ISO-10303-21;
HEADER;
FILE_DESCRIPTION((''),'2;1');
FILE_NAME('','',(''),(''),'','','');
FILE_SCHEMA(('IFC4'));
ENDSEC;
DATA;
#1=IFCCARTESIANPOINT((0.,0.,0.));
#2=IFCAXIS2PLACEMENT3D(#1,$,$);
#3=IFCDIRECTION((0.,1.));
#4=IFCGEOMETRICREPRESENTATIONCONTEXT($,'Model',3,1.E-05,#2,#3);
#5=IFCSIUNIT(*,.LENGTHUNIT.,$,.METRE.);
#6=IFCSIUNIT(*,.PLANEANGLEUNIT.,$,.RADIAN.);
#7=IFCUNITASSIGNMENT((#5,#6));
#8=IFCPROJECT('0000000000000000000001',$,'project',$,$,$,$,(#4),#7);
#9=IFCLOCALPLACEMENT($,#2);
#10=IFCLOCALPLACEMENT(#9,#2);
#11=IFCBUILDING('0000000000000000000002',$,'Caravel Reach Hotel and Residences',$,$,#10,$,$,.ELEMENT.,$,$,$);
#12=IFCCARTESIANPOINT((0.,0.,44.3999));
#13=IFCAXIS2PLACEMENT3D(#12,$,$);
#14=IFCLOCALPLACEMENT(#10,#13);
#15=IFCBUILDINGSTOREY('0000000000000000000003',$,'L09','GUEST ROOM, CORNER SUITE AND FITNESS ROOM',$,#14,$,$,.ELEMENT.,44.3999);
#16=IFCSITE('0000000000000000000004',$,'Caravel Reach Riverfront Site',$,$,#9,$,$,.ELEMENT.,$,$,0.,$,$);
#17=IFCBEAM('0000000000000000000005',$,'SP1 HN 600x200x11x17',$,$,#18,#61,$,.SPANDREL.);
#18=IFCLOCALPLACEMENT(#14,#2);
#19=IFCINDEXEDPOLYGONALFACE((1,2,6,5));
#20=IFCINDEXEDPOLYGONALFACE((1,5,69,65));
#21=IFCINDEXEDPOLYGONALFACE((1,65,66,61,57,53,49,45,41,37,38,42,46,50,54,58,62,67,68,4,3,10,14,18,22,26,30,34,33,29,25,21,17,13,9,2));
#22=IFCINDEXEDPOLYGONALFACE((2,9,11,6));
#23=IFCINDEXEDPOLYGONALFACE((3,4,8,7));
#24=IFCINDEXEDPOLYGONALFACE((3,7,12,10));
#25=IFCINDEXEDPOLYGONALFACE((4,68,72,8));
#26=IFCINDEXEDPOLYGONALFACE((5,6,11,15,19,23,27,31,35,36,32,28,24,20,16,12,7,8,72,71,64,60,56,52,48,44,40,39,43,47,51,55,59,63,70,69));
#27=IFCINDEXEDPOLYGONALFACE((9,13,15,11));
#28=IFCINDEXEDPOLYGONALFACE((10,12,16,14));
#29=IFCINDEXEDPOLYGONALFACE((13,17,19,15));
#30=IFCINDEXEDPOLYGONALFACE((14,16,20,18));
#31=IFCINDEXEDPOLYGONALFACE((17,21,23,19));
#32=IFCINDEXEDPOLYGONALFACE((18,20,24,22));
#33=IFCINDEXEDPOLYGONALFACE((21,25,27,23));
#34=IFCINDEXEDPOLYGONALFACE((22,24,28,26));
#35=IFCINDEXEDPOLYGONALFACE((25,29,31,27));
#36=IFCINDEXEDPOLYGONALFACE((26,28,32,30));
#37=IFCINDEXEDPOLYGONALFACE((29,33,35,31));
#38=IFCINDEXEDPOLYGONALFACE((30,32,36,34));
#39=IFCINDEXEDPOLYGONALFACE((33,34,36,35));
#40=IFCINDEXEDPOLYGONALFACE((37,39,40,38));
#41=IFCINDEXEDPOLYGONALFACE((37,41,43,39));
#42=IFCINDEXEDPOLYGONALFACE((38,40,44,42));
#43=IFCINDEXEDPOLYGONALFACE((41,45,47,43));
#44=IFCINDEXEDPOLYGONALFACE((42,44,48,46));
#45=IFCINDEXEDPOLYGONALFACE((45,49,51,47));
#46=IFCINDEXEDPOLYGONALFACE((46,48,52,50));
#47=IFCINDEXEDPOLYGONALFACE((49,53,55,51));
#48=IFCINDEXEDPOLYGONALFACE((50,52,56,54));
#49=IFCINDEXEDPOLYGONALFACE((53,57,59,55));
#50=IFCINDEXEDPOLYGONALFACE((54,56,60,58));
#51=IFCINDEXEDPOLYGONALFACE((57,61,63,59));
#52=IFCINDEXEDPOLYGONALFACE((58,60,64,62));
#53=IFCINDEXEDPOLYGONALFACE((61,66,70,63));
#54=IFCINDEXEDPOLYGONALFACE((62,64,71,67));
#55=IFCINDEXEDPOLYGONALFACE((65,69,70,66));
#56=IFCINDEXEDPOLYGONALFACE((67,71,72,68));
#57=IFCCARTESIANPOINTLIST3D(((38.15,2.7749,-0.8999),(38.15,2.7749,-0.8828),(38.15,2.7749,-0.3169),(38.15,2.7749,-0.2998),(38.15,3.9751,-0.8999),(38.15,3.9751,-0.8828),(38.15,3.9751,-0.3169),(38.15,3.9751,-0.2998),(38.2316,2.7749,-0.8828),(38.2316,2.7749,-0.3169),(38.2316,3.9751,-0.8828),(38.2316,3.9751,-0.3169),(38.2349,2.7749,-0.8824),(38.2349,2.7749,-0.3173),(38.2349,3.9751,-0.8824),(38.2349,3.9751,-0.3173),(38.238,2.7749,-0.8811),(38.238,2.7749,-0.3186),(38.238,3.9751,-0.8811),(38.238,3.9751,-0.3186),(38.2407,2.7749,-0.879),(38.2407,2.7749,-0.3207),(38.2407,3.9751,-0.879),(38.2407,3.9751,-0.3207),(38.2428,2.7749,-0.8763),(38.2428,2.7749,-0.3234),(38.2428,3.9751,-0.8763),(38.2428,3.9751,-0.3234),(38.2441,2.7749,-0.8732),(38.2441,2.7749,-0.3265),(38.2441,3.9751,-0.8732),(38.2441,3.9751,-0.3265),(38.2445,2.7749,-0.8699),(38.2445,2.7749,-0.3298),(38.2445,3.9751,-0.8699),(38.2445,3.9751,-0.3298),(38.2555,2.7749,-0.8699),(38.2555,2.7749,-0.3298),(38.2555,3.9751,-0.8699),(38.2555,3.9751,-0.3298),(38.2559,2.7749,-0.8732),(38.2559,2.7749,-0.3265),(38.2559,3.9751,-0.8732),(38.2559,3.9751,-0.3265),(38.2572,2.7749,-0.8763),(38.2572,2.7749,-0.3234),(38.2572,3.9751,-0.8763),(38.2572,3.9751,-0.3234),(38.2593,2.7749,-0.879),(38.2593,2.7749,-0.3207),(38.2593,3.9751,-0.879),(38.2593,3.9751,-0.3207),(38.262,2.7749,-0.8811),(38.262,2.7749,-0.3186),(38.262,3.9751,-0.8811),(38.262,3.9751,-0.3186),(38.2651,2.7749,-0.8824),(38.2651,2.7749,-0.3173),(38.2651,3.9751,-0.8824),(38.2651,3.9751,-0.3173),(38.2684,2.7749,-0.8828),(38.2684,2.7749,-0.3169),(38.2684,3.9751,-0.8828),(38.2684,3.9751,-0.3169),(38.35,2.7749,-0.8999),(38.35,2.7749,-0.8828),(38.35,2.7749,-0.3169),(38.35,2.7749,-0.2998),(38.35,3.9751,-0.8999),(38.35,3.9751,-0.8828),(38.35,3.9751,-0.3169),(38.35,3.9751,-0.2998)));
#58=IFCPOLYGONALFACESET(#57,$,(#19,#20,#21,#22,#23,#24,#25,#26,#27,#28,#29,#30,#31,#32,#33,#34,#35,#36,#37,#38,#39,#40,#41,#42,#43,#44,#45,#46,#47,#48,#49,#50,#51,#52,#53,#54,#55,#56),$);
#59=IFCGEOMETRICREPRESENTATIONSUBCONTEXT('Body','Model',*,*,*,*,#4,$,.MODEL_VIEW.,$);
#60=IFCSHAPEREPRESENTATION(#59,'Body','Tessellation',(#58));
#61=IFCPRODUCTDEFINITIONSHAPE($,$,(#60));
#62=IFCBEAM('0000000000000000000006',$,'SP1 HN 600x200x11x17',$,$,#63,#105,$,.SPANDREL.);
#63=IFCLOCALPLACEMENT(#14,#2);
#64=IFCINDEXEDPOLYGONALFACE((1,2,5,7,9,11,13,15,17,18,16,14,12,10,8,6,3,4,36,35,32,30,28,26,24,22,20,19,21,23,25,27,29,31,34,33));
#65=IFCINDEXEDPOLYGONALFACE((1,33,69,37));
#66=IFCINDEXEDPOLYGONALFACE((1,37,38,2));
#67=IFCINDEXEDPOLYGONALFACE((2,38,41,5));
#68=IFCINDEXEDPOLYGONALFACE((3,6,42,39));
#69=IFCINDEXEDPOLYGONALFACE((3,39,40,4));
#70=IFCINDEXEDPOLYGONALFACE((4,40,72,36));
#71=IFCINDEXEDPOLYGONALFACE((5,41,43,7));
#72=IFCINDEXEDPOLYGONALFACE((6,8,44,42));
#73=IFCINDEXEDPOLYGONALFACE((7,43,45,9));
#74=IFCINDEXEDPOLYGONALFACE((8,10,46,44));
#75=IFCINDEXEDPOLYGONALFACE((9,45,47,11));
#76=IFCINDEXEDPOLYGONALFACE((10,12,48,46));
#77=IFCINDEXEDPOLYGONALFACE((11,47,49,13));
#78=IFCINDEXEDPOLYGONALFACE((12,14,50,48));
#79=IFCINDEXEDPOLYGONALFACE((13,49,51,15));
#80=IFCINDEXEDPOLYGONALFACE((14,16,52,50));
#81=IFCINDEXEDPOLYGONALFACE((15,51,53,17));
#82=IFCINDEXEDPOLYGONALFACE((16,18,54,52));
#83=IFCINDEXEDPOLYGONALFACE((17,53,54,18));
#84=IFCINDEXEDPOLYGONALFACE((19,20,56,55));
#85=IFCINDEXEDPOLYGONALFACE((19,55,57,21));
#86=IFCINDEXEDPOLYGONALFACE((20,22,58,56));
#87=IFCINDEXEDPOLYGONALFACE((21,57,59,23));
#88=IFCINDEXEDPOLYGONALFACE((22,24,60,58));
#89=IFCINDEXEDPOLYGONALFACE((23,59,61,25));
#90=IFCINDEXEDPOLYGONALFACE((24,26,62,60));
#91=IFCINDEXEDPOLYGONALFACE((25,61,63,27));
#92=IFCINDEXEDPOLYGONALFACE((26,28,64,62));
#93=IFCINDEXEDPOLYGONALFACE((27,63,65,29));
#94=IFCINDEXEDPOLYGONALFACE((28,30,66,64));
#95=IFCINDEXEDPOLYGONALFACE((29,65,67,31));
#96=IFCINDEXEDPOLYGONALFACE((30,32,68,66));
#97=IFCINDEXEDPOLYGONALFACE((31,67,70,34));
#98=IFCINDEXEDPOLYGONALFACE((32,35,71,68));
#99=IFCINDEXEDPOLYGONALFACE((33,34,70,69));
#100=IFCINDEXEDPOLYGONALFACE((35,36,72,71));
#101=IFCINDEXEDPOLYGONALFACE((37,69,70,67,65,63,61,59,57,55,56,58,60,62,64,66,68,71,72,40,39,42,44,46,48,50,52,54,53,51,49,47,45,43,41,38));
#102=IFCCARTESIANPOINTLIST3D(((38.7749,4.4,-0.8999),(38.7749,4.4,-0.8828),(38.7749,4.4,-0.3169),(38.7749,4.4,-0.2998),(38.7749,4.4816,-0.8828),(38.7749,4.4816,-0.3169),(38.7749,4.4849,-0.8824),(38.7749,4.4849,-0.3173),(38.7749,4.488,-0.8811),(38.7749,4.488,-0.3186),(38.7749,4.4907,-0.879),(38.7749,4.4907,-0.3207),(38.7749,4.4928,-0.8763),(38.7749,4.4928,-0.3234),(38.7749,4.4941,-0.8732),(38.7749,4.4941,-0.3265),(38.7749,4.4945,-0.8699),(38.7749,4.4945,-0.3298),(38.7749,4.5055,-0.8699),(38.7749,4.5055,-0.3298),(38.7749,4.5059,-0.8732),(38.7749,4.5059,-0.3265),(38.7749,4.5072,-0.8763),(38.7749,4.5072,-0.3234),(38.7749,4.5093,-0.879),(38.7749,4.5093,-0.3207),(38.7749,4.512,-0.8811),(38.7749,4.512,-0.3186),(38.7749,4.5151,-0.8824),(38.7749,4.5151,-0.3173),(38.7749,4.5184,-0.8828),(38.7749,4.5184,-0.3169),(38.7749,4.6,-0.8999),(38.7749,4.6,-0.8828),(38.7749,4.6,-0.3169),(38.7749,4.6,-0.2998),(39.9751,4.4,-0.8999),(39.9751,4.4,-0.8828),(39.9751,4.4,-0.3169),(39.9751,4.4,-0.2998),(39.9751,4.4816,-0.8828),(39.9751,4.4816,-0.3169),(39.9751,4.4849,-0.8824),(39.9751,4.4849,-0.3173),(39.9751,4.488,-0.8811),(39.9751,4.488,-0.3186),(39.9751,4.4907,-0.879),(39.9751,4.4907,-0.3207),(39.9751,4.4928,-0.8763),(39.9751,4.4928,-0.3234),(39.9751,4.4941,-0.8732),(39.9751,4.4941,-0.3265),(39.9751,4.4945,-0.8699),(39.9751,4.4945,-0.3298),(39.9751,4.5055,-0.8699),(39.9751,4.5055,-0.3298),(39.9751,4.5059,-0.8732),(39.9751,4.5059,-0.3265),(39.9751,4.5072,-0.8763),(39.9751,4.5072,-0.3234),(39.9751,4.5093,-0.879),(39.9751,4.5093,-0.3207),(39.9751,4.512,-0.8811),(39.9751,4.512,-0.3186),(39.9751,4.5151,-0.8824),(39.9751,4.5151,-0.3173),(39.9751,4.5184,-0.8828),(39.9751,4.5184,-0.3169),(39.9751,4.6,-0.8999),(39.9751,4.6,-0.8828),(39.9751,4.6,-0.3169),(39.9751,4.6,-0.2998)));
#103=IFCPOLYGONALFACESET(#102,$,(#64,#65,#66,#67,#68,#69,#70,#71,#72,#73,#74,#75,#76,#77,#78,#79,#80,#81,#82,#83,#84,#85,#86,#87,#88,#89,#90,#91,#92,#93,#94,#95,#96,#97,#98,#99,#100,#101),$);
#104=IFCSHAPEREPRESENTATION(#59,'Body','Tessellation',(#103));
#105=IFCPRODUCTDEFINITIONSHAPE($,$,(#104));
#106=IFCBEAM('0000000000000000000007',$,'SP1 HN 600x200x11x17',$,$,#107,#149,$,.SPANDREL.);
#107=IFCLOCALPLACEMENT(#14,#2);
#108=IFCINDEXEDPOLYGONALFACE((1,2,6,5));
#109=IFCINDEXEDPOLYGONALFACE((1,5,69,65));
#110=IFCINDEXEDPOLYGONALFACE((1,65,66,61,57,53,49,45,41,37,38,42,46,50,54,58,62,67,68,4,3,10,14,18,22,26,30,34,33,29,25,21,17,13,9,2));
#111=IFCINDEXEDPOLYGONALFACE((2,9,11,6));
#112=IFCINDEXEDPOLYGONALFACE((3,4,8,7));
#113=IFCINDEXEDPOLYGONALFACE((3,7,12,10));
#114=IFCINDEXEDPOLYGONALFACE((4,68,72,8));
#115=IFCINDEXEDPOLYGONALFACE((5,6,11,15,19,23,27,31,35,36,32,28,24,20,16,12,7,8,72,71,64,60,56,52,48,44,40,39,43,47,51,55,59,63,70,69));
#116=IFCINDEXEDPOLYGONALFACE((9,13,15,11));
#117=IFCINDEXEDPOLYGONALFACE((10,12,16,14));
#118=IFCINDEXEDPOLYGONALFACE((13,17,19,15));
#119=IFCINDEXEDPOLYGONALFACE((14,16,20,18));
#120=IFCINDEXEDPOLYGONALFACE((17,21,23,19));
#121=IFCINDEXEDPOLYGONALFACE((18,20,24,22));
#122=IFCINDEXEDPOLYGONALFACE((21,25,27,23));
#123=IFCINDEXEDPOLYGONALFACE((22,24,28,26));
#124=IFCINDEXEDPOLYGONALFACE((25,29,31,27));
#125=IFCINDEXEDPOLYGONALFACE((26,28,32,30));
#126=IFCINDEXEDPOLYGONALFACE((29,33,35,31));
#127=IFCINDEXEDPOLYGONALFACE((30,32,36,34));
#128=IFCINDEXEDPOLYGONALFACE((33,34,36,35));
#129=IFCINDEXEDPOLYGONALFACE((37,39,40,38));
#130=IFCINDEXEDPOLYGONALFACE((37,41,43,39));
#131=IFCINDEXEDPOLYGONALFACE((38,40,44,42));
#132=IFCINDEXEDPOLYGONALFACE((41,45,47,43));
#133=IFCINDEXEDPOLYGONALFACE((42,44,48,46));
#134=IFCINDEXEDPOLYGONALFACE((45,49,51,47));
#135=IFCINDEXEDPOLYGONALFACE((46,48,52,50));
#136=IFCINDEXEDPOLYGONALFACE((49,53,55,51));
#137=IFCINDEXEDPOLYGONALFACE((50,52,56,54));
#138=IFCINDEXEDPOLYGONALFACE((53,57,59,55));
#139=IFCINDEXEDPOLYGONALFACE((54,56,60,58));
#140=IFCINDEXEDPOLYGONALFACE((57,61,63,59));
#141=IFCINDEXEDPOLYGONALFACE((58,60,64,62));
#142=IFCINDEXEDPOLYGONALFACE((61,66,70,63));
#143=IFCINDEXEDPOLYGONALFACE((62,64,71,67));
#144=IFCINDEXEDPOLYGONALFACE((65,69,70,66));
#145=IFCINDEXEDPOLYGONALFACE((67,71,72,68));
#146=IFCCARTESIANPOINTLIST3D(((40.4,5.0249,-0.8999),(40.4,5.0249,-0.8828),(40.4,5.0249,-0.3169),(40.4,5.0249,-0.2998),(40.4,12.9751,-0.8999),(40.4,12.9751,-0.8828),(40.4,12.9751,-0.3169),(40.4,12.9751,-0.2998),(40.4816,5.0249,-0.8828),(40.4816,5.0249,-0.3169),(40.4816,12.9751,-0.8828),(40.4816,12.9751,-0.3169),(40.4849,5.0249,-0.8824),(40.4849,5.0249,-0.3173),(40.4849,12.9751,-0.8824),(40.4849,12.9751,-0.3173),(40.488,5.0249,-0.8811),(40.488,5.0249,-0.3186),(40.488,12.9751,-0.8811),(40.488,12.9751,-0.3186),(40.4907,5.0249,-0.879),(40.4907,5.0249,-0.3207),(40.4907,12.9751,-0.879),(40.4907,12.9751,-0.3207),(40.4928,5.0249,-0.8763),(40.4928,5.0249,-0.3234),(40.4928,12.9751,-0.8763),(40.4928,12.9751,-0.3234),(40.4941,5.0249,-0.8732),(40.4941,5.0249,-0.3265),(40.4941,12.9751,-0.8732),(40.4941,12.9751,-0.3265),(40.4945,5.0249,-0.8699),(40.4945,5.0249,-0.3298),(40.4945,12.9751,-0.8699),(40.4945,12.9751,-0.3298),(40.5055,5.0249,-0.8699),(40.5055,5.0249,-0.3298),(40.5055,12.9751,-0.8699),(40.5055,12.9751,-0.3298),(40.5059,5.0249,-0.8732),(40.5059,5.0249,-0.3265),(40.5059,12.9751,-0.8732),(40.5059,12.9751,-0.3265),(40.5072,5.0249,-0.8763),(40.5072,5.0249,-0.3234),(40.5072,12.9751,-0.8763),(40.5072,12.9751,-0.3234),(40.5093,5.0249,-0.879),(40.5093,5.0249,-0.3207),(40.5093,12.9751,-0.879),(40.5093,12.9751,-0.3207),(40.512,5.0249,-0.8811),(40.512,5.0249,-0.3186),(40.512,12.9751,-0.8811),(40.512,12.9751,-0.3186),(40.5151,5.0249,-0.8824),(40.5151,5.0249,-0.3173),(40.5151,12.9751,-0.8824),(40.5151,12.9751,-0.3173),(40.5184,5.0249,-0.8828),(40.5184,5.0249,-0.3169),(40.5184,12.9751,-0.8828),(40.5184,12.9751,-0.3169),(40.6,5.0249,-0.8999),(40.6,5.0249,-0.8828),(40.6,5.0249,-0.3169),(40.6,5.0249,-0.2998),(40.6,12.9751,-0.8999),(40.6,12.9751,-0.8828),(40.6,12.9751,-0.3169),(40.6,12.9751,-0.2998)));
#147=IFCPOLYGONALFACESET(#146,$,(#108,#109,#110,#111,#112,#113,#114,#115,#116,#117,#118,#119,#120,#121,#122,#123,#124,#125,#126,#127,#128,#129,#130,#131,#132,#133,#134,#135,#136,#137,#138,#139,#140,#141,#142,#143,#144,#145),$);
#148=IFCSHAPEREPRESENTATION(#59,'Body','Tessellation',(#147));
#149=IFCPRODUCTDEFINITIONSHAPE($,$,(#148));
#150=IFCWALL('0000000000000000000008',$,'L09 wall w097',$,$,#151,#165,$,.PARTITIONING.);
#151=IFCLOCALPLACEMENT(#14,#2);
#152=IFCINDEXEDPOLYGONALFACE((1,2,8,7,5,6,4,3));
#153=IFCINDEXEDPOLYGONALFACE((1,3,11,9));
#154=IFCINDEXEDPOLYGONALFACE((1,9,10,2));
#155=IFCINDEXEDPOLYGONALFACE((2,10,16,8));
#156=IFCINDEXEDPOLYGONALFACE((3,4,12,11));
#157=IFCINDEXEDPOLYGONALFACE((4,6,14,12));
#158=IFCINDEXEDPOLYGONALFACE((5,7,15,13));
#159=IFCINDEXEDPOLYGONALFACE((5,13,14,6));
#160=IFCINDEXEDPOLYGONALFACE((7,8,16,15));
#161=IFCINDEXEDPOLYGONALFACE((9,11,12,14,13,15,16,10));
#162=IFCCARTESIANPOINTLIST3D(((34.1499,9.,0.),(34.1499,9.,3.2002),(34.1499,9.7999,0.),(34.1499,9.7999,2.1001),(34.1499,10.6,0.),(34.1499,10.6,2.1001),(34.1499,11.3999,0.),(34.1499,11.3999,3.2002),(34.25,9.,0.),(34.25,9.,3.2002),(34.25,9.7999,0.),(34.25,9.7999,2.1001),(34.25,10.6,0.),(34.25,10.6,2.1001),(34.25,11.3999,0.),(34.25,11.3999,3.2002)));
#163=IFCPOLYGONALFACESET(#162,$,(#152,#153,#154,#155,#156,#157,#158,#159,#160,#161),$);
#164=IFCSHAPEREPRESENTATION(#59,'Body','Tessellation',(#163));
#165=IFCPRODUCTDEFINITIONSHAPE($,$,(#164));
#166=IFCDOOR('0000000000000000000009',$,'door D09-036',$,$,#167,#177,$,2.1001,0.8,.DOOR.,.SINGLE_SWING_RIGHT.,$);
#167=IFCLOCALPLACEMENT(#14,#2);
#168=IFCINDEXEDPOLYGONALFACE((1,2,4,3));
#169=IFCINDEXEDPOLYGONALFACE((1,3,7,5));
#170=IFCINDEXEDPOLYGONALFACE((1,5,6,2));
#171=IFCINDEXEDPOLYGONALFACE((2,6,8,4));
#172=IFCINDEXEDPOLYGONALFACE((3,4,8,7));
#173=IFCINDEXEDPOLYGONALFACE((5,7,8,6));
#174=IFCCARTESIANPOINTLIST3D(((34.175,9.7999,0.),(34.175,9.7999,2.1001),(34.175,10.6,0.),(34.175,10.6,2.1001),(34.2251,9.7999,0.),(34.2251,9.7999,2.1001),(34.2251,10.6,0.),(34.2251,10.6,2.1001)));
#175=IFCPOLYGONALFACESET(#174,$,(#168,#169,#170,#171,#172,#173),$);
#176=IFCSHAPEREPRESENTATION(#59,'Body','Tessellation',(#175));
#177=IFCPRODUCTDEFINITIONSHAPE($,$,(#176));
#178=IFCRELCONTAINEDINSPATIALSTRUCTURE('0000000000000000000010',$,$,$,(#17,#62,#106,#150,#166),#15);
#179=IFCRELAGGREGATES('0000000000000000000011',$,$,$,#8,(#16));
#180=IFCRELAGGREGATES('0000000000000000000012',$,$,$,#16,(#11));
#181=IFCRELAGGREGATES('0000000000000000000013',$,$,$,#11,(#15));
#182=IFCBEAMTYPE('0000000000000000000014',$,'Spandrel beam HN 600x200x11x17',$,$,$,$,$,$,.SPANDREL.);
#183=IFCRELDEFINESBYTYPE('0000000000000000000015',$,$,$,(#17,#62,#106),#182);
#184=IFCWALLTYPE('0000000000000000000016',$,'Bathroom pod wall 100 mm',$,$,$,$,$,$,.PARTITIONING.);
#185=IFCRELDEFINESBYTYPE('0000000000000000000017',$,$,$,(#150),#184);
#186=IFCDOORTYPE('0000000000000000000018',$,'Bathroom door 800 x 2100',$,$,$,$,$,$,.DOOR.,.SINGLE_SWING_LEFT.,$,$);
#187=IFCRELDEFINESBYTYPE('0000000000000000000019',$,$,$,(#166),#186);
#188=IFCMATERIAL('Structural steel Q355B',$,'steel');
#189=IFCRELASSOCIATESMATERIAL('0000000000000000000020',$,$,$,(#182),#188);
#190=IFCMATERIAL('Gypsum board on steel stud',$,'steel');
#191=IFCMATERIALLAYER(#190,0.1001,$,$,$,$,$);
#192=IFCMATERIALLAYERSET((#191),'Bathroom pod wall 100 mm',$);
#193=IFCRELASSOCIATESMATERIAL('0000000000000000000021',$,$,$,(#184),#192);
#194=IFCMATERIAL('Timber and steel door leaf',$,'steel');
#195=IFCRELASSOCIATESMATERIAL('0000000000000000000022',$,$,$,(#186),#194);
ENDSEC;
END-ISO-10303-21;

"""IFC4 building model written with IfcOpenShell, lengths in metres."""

from ifc_helpers import new_model, si_unit, direction, frame, frame_2d, origin, origin_2d, place, context, subcontext, project, spatial, rectangle, i_section, extrude, material, layer, layer_set, material_profile, profile_set, type_object, element, fill, save


model = new_model("IFC4")

# Units and contexts
model_context = context("Model", 3, precision=1e-05, world=origin(), true_north=direction((0.0, 1.0)))
body_context = subcontext(model_context, "Body", "Model", "MODEL_VIEW")
ifc_project = project(units=[si_unit("LENGTHUNIT", "METRE"), si_unit("PLANEANGLEUNIT", "RADIAN")], contexts=[model_context])

# Site, building, storey
site_placement = place(None, origin())
site = spatial("IfcSite", under=ifc_project, at=site_placement, Name="Caravel Reach Riverfront Site", CompositionType="ELEMENT", RefElevation=0.0)
building_placement = place(site_placement, origin())
building = spatial("IfcBuilding", under=site, at=building_placement, Name="Caravel Reach Hotel and Residences", CompositionType="ELEMENT")
storey_placement = place(building_placement, frame((0.0, 0.0, 44.3999)))
storey = spatial("IfcBuildingStorey", under=building, at=storey_placement, Name="L09", Description="GUEST ROOM, CORNER SUITE AND FITNESS ROOM", CompositionType="ELEMENT", Elevation=44.3999)

# Beams
ifc_material_1 = material(Name="Structural steel Q355B", Category="steel")
ifc_material_profile_1 = material_profile(ifc_material_1, i_section(OverallWidth=0.2, OverallDepth=0.6001, WebThickness=0.011, FlangeThickness=0.0171, FilletRadius=0.0129, at=origin_2d()), Name="HN 600x200x11x17")
ifc_profile_set_1 = profile_set([ifc_material_profile_1], Name="Structural steel Q355B")
beam_type = type_object("IfcBeamType", Name="Spandrel beam HN 600x200x11x17", PredefinedType="SPANDREL", material=ifc_profile_set_1)
for number, where, z_axis, x_axis, name in (
    (1, (38.25, 2.7749, -0.5999), (0.0, 1.0, 0.0), (-1.0, 0.0, 0.0), "SP1 HN 600x200x11x17"),
    (2, (38.7749, 4.5, -0.5999), (1.0, 0.0, 0.0), (0.0, 1.0, 0.0), "SP1 HN 600x200x11x17"),
):
    element("IfcBeam", number, at=place(storey_placement, frame(where, z_axis=z_axis, x_axis=x_axis)), inside=storey, type_object=beam_type, Name=name, PredefinedType="SPANDREL", context=body_context, shape_type="SweptSolid", body=[
        extrude(i_section(OverallWidth=0.2, OverallDepth=0.6001, WebThickness=0.011, FlangeThickness=0.0171, FilletRadius=0.0129, at=origin_2d()), origin(), (0.0, 0.0, 1.0), 1.2002),
    ])
beam_placement = place(storey_placement, frame((40.5, 5.0249, -0.5999), z_axis=(0.0, 1.0, 0.0), x_axis=(-1.0, 0.0, 0.0)))
element("IfcBeam", 3, at=beam_placement, inside=storey, type_object=beam_type, Name="SP1 HN 600x200x11x17", PredefinedType="SPANDREL", context=body_context, shape_type="SweptSolid", body=[
    extrude(i_section(OverallWidth=0.2, OverallDepth=0.6001, WebThickness=0.011, FlangeThickness=0.0171, FilletRadius=0.0129, at=origin_2d()), origin(), (0.0, 0.0, 1.0), 7.9502),
])

# Wall, opening, door
ifc_material_2 = material(Name="Gypsum board on steel stud", Category="steel")
ifc_layer_1 = layer(ifc_material_2, 0.1001)
ifc_layer_set_1 = layer_set([ifc_layer_1], Name="Bathroom pod wall 100 mm")
wall_type_1 = type_object("IfcWallType", Name="Bathroom pod wall 100 mm", PredefinedType="PARTITIONING", material=ifc_layer_set_1)
wall_1_placement = place(storey_placement, frame((34.2, 9.0, 0.0), z_axis=(0.0, 0.0, 1.0), x_axis=(0.0, 1.0, 0.0)))
wall_1 = element("IfcWall", 4, at=wall_1_placement, inside=storey, type_object=wall_type_1, Name="L09 wall w097", PredefinedType="PARTITIONING", context=body_context, shape_type="SweptSolid", body=[
    extrude(rectangle(XDim=2.3999, YDim=0.1001, at=frame_2d((1.2, 0.0))), origin(), (0.0, 0.0, 1.0), 3.2002),
])
opening_1_placement = place(wall_1_placement, frame((0.8, 0.0, 0.0)))
opening_1 = element("IfcOpeningElement", 5, at=opening_1_placement, cuts=wall_1, PredefinedType="OPENING", context=body_context, shape_type="SweptSolid", body=[
    extrude(rectangle(XDim=0.8, YDim=2.1001, at=frame_2d((0.3999, 1.05))), frame((0.0, 0.0601, 0.0), z_axis=(0.0, -1.0, 0.0), x_axis=(1.0, 0.0, 0.0)), (0.0, 0.0, 1.0), 0.1201),
])
ifc_material_3 = material(Name="Timber and steel door leaf", Category="steel")
door_type_1 = type_object("IfcDoorType", Name="Bathroom door 800 x 2100", OperationType="SINGLE_SWING_LEFT", PredefinedType="DOOR", material=ifc_material_3)
door_1_placement = place(opening_1_placement, origin())
door_1 = element("IfcDoor", 6, at=door_1_placement, inside=storey, type_object=door_type_1, Name="door D09-036", OperationType="SINGLE_SWING_RIGHT", OverallHeight=2.1001, OverallWidth=0.8, PredefinedType="DOOR", context=body_context, shape_type="SweptSolid", body=[
    extrude(rectangle(XDim=0.8, YDim=2.1001, at=frame_2d((0.3999, 1.05))), frame((0.0, 0.0249, 0.0), z_axis=(0.0, -1.0, 0.0), x_axis=(1.0, 0.0, 0.0)), (0.0, 0.0, 1.0), 0.05),
])
fill(opening_1, door_1)

save(model, "model.ifc")
